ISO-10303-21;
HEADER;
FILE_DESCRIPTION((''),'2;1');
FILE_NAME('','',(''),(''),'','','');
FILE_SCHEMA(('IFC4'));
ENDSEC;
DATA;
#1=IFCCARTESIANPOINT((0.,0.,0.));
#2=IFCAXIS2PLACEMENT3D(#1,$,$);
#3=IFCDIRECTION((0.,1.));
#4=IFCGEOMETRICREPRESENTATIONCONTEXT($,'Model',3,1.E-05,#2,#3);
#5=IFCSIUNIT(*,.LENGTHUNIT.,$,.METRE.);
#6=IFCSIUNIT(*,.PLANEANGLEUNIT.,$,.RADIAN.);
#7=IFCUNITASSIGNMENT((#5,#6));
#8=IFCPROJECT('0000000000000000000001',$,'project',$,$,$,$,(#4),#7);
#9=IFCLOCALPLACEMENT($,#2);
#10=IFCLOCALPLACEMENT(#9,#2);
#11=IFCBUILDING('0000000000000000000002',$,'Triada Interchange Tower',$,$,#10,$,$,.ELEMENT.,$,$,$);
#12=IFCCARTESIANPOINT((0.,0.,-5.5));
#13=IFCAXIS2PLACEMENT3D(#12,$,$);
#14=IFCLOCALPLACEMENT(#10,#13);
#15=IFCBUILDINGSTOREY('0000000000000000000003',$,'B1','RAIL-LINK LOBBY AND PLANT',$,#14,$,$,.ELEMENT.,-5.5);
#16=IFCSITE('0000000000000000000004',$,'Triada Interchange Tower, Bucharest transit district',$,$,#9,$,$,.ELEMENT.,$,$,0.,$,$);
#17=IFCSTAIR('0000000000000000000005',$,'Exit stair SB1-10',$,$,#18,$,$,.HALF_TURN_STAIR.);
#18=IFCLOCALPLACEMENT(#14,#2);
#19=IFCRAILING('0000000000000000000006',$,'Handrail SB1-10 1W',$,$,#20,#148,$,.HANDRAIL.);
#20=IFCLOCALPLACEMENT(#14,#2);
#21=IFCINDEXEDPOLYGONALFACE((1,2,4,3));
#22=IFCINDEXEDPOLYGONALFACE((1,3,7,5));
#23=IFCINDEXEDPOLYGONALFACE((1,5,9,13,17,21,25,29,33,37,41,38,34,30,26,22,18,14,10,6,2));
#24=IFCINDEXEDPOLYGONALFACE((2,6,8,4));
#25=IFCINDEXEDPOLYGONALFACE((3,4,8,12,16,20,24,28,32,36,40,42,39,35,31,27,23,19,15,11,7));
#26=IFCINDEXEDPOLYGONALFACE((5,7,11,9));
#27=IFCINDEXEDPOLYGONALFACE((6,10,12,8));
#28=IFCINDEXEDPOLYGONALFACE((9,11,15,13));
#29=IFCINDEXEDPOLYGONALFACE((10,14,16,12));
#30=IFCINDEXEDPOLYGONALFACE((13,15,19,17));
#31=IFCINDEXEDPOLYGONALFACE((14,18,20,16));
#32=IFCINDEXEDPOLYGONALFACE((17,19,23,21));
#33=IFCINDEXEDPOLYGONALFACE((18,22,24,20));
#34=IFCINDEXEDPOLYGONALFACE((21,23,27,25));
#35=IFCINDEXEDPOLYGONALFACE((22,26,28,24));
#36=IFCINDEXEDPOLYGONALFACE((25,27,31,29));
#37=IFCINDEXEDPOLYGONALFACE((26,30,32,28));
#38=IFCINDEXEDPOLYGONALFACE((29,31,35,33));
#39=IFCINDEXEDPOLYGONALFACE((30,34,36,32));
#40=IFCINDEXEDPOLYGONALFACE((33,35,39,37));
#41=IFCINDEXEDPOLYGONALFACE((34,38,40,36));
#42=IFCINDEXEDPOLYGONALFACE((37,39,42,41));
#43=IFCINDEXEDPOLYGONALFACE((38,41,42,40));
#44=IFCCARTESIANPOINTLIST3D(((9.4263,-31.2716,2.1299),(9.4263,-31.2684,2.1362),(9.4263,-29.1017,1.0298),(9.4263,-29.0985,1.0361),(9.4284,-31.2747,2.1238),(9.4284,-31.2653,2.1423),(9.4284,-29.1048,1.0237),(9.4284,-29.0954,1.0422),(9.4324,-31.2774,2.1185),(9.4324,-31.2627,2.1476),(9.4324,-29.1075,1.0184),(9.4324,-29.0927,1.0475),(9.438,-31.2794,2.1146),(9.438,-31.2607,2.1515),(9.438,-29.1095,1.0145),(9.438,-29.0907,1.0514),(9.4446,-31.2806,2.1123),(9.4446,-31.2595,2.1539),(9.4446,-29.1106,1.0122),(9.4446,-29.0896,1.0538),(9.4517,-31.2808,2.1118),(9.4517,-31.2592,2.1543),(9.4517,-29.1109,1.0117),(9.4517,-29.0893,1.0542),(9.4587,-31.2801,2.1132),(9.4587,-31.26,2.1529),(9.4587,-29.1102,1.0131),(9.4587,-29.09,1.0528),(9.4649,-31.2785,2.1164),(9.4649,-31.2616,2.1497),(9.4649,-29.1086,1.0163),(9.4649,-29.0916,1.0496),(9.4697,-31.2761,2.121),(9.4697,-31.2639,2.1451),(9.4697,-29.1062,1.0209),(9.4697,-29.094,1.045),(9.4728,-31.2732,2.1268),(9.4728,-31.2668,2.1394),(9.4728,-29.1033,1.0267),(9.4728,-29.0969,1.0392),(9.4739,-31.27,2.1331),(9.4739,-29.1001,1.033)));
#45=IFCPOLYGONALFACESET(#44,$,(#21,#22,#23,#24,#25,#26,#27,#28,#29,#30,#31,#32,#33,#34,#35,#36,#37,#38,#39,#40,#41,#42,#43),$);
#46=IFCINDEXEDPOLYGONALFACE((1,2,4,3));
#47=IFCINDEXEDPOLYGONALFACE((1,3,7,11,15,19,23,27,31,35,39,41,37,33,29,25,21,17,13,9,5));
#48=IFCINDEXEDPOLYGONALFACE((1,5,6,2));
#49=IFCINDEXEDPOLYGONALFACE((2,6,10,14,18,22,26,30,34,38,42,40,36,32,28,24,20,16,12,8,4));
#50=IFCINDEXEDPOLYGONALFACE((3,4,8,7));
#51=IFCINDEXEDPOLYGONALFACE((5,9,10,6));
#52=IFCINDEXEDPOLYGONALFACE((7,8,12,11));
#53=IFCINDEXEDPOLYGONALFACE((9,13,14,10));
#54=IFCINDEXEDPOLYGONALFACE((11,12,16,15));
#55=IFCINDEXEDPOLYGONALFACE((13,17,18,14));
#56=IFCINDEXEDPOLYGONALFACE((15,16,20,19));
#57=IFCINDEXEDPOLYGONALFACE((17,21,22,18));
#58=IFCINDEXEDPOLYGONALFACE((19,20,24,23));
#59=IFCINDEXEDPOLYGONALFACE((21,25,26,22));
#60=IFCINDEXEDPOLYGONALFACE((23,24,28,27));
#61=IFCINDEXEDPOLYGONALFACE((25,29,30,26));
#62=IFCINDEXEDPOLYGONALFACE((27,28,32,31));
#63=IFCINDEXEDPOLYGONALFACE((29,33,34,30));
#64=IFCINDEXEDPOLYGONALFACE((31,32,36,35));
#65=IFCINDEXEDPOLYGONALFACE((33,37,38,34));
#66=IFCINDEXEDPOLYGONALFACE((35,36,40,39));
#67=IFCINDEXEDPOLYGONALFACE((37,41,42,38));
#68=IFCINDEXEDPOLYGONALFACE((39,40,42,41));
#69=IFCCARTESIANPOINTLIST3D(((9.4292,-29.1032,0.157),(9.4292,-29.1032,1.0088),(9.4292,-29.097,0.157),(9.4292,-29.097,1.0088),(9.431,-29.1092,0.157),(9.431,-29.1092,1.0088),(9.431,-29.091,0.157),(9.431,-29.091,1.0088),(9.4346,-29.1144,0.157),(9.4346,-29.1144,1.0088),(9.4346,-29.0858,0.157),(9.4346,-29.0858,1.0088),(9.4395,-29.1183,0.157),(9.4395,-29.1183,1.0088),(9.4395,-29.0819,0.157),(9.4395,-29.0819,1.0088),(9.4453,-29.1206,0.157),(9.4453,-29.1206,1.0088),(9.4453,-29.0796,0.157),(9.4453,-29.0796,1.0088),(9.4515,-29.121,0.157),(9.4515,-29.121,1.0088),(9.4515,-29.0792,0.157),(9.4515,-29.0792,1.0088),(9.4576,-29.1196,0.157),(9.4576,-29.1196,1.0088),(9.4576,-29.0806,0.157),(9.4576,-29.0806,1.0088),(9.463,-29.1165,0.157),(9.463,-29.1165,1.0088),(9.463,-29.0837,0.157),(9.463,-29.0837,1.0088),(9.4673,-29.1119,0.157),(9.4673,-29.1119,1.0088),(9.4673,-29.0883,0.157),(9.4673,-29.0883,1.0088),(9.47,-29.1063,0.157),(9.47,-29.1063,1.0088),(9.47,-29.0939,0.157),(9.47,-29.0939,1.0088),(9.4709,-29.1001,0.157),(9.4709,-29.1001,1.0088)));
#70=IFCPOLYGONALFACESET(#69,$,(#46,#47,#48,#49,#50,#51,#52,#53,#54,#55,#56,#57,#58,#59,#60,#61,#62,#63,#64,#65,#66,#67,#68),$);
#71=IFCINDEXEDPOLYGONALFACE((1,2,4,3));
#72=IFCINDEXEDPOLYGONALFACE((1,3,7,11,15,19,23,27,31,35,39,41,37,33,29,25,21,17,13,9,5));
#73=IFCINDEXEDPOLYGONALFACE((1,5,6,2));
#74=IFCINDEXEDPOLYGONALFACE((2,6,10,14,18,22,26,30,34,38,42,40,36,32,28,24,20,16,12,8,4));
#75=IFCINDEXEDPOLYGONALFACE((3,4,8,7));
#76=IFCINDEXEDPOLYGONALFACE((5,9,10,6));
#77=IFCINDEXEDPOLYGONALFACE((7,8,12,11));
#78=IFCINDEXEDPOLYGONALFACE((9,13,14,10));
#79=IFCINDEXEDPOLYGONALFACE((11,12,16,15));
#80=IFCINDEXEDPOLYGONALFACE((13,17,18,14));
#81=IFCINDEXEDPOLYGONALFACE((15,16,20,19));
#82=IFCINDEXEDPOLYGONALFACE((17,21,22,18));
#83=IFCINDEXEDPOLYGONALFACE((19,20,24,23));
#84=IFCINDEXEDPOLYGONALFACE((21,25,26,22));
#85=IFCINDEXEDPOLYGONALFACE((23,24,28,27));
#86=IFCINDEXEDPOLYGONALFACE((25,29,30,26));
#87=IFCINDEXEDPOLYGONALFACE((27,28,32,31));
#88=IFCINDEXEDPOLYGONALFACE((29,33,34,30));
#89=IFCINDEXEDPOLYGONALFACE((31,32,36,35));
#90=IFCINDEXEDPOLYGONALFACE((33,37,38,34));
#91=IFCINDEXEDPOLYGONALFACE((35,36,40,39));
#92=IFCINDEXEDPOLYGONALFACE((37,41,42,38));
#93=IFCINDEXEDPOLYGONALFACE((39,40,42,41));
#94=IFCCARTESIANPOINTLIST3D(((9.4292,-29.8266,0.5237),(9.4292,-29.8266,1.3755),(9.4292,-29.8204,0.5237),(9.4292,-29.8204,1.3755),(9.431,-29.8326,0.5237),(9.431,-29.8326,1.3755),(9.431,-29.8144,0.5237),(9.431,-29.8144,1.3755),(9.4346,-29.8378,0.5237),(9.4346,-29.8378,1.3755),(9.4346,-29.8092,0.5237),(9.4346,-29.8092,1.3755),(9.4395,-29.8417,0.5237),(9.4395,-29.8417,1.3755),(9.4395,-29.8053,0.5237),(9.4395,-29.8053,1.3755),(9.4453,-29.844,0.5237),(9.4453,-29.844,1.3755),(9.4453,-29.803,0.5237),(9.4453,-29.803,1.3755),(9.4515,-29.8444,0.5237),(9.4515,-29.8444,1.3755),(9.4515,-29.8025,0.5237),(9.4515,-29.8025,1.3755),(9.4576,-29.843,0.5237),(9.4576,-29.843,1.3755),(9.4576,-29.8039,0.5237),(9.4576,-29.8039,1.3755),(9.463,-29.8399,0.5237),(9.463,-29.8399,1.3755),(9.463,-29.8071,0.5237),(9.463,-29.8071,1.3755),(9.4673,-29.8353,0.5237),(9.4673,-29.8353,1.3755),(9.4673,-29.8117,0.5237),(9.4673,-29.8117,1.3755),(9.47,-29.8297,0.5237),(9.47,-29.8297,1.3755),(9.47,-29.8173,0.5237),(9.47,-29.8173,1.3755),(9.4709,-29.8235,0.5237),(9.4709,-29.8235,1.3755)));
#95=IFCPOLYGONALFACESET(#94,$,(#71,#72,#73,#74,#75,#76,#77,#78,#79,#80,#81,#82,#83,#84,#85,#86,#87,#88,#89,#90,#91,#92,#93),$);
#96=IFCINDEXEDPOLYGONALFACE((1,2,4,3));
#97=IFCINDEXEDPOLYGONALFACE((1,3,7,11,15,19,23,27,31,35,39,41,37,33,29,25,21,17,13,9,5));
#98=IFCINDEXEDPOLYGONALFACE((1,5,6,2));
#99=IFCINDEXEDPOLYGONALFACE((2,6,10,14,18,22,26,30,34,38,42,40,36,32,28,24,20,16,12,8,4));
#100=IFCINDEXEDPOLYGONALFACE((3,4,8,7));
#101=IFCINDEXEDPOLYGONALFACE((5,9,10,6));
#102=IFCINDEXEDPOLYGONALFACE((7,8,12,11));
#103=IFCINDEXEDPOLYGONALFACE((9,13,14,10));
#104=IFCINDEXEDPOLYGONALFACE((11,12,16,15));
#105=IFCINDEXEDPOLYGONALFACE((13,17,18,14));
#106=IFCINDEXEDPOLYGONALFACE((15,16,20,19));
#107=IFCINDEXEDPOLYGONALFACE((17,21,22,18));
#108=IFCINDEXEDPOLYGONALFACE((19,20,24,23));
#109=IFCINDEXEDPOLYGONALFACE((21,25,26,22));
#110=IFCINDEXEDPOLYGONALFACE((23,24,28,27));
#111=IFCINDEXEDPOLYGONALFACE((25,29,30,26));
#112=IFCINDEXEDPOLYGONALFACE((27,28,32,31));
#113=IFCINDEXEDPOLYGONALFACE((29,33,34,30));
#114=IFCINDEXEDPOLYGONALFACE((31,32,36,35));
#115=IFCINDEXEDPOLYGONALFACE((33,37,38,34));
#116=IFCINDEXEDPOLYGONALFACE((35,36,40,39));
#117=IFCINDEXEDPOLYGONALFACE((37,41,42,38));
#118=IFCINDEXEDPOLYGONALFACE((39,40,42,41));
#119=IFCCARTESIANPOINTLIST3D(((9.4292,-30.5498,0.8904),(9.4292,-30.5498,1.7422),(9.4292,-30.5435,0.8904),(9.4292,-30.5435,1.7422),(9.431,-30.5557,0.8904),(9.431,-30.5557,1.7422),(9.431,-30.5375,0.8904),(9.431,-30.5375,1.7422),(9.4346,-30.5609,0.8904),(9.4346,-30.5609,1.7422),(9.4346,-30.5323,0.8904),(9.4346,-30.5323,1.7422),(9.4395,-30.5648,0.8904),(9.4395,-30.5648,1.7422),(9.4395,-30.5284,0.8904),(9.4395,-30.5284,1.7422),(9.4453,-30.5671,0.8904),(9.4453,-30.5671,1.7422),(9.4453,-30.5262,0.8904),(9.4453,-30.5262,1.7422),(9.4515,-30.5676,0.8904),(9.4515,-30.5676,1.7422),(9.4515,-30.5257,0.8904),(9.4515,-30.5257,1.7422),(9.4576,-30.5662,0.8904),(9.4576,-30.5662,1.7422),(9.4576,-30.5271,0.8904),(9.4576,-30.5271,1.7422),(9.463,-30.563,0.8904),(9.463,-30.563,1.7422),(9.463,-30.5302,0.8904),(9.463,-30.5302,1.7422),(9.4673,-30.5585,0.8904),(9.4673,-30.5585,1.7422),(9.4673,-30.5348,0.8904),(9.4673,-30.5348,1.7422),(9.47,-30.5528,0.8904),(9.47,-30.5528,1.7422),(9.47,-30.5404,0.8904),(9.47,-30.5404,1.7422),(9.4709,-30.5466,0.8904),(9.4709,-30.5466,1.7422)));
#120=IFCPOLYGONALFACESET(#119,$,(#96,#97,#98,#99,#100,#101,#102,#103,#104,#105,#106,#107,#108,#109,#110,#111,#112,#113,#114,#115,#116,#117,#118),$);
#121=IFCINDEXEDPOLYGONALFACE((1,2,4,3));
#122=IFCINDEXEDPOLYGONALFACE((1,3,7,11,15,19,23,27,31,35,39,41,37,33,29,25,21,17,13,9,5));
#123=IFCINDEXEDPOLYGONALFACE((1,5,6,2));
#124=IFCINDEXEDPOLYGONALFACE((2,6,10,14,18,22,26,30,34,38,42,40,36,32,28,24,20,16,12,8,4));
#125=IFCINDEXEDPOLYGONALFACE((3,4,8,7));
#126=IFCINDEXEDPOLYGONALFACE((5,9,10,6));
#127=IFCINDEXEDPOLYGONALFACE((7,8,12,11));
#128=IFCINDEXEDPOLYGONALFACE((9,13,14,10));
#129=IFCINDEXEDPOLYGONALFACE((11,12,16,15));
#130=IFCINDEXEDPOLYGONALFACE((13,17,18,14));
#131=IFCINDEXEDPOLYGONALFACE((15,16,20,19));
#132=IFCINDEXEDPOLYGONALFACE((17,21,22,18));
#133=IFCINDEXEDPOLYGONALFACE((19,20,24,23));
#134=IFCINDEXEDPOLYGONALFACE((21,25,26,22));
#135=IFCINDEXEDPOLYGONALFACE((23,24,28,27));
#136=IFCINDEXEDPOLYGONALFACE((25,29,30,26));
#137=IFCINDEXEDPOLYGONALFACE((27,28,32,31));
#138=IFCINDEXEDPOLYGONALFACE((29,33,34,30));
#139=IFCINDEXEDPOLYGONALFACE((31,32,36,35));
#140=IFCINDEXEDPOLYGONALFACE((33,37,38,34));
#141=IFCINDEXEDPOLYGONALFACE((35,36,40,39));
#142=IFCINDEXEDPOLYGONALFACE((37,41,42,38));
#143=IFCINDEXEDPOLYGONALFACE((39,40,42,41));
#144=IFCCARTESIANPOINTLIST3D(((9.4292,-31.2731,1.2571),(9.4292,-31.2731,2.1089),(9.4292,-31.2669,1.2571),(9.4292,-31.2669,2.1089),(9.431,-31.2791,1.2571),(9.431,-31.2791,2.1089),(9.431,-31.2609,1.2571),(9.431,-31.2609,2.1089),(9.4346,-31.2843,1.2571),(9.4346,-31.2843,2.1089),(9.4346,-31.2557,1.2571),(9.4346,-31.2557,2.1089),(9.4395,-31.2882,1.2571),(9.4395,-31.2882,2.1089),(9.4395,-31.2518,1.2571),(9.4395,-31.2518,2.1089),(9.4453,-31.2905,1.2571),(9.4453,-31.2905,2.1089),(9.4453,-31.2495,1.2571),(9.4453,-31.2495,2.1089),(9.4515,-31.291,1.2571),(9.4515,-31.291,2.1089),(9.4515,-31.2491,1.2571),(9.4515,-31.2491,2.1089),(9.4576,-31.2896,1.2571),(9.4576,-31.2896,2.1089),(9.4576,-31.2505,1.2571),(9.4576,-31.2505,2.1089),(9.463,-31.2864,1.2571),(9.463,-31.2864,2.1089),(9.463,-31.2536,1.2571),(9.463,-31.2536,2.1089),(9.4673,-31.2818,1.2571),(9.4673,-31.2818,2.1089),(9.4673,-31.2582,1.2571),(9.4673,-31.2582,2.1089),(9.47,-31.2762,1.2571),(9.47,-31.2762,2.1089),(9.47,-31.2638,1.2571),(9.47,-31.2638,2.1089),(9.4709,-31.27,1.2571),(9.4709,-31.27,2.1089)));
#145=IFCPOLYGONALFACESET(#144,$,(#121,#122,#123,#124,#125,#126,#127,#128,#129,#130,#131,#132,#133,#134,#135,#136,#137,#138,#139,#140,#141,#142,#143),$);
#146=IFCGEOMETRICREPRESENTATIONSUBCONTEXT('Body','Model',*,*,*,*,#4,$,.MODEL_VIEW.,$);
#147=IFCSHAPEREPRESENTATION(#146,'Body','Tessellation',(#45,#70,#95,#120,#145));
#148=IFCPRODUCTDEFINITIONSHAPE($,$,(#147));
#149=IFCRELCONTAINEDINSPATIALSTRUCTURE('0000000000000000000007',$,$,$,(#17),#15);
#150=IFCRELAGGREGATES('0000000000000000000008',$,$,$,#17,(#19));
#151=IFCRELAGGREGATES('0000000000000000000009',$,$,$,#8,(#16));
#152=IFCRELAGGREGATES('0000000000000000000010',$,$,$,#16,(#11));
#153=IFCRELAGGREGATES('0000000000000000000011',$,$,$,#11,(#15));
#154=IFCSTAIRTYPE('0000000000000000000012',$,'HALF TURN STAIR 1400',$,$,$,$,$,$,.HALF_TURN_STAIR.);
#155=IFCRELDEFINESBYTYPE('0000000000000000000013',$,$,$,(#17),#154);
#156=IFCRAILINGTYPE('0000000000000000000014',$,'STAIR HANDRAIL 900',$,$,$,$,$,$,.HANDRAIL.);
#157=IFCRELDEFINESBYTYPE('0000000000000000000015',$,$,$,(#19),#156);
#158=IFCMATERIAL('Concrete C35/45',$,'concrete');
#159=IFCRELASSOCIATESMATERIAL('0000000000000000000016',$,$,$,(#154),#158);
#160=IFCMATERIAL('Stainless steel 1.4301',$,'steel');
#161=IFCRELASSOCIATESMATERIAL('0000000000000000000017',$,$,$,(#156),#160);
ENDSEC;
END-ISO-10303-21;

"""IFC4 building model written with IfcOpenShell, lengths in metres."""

from ifc_helpers import new_model, si_unit, direction, frame, origin, origin_2d, place, context, subcontext, project, spatial, circle, extrude, material, type_object, element, aggregate, save


model = new_model("IFC4")

# Units and contexts
model_context = context("Model", 3, precision=1e-05, world=origin(), true_north=direction((0.0, 1.0)))
body_context = subcontext(model_context, "Body", "Model", "MODEL_VIEW")
ifc_project = project(units=[si_unit("LENGTHUNIT", "METRE"), si_unit("PLANEANGLEUNIT", "RADIAN")], contexts=[model_context])

# Site, building, storey
site_placement = place(None, origin())
site = spatial("IfcSite", under=ifc_project, at=site_placement, Name="Triada Interchange Tower, Bucharest transit district", CompositionType="ELEMENT", RefElevation=0.0)
building_placement = place(site_placement, origin())
building = spatial("IfcBuilding", under=site, at=building_placement, Name="Triada Interchange Tower", CompositionType="ELEMENT")
storey_placement = place(building_placement, frame((0.0, 0.0, -5.5)))
storey = spatial("IfcBuildingStorey", under=building, at=storey_placement, Name="B1", Description="RAIL-LINK LOBBY AND PLANT", CompositionType="ELEMENT", Elevation=-5.5)

# Shared definitions
ifc_material_1 = material(Name="Concrete C35/45", Category="concrete")

# Stair, railing
stair_type = type_object("IfcStairType", Name="HALF TURN STAIR 1400", PredefinedType="HALF_TURN_STAIR", material=ifc_material_1)
stair_placement = place(storey_placement, origin())
stair = element("IfcStair", 1, at=stair_placement, inside=storey, type_object=stair_type, Name="Exit stair SB1-10", PredefinedType="HALF_TURN_STAIR")
ifc_material_2 = material(Name="Stainless steel 1.4301", Category="steel")
railing_type_1 = type_object("IfcRailingType", Name="STAIR HANDRAIL 900", PredefinedType="HANDRAIL", material=ifc_material_2)
railing_1_placement = place(storey_placement, frame((9.45, -29.1001, 0.157)))
railing_1 = element("IfcRailing", 2, at=railing_1_placement, type_object=railing_type_1, Name="Handrail SB1-10 1W", PredefinedType="HANDRAIL", context=body_context, shape_type="SweptSolid", body=[
    extrude(circle(Radius=0.0239, at=origin_2d()), frame((0.0, 0.0, 0.876), z_axis=(0.0, -0.891925, 0.452184), x_axis=(1.0, 0.0, 0.0)), (0.0, 0.0, 1.0), 2.4329),
    extrude(circle(Radius=0.021, at=origin_2d()), origin(), (0.0, 0.0, 1.0), 0.8518),
    extrude(circle(Radius=0.021, at=origin_2d()), frame((0.0, -0.7234, 0.3667)), (0.0, 0.0, 1.0), 0.8518),
    extrude(circle(Radius=0.021, at=origin_2d()), frame((0.0, -1.4465, 0.7334)), (0.0, 0.0, 1.0), 0.8518),
    extrude(circle(Radius=0.021, at=origin_2d()), frame((0.0, -2.1699, 1.1001)), (0.0, 0.0, 1.0), 0.8518),
])
aggregate(stair, [railing_1])

save(model, "model.ifc")
